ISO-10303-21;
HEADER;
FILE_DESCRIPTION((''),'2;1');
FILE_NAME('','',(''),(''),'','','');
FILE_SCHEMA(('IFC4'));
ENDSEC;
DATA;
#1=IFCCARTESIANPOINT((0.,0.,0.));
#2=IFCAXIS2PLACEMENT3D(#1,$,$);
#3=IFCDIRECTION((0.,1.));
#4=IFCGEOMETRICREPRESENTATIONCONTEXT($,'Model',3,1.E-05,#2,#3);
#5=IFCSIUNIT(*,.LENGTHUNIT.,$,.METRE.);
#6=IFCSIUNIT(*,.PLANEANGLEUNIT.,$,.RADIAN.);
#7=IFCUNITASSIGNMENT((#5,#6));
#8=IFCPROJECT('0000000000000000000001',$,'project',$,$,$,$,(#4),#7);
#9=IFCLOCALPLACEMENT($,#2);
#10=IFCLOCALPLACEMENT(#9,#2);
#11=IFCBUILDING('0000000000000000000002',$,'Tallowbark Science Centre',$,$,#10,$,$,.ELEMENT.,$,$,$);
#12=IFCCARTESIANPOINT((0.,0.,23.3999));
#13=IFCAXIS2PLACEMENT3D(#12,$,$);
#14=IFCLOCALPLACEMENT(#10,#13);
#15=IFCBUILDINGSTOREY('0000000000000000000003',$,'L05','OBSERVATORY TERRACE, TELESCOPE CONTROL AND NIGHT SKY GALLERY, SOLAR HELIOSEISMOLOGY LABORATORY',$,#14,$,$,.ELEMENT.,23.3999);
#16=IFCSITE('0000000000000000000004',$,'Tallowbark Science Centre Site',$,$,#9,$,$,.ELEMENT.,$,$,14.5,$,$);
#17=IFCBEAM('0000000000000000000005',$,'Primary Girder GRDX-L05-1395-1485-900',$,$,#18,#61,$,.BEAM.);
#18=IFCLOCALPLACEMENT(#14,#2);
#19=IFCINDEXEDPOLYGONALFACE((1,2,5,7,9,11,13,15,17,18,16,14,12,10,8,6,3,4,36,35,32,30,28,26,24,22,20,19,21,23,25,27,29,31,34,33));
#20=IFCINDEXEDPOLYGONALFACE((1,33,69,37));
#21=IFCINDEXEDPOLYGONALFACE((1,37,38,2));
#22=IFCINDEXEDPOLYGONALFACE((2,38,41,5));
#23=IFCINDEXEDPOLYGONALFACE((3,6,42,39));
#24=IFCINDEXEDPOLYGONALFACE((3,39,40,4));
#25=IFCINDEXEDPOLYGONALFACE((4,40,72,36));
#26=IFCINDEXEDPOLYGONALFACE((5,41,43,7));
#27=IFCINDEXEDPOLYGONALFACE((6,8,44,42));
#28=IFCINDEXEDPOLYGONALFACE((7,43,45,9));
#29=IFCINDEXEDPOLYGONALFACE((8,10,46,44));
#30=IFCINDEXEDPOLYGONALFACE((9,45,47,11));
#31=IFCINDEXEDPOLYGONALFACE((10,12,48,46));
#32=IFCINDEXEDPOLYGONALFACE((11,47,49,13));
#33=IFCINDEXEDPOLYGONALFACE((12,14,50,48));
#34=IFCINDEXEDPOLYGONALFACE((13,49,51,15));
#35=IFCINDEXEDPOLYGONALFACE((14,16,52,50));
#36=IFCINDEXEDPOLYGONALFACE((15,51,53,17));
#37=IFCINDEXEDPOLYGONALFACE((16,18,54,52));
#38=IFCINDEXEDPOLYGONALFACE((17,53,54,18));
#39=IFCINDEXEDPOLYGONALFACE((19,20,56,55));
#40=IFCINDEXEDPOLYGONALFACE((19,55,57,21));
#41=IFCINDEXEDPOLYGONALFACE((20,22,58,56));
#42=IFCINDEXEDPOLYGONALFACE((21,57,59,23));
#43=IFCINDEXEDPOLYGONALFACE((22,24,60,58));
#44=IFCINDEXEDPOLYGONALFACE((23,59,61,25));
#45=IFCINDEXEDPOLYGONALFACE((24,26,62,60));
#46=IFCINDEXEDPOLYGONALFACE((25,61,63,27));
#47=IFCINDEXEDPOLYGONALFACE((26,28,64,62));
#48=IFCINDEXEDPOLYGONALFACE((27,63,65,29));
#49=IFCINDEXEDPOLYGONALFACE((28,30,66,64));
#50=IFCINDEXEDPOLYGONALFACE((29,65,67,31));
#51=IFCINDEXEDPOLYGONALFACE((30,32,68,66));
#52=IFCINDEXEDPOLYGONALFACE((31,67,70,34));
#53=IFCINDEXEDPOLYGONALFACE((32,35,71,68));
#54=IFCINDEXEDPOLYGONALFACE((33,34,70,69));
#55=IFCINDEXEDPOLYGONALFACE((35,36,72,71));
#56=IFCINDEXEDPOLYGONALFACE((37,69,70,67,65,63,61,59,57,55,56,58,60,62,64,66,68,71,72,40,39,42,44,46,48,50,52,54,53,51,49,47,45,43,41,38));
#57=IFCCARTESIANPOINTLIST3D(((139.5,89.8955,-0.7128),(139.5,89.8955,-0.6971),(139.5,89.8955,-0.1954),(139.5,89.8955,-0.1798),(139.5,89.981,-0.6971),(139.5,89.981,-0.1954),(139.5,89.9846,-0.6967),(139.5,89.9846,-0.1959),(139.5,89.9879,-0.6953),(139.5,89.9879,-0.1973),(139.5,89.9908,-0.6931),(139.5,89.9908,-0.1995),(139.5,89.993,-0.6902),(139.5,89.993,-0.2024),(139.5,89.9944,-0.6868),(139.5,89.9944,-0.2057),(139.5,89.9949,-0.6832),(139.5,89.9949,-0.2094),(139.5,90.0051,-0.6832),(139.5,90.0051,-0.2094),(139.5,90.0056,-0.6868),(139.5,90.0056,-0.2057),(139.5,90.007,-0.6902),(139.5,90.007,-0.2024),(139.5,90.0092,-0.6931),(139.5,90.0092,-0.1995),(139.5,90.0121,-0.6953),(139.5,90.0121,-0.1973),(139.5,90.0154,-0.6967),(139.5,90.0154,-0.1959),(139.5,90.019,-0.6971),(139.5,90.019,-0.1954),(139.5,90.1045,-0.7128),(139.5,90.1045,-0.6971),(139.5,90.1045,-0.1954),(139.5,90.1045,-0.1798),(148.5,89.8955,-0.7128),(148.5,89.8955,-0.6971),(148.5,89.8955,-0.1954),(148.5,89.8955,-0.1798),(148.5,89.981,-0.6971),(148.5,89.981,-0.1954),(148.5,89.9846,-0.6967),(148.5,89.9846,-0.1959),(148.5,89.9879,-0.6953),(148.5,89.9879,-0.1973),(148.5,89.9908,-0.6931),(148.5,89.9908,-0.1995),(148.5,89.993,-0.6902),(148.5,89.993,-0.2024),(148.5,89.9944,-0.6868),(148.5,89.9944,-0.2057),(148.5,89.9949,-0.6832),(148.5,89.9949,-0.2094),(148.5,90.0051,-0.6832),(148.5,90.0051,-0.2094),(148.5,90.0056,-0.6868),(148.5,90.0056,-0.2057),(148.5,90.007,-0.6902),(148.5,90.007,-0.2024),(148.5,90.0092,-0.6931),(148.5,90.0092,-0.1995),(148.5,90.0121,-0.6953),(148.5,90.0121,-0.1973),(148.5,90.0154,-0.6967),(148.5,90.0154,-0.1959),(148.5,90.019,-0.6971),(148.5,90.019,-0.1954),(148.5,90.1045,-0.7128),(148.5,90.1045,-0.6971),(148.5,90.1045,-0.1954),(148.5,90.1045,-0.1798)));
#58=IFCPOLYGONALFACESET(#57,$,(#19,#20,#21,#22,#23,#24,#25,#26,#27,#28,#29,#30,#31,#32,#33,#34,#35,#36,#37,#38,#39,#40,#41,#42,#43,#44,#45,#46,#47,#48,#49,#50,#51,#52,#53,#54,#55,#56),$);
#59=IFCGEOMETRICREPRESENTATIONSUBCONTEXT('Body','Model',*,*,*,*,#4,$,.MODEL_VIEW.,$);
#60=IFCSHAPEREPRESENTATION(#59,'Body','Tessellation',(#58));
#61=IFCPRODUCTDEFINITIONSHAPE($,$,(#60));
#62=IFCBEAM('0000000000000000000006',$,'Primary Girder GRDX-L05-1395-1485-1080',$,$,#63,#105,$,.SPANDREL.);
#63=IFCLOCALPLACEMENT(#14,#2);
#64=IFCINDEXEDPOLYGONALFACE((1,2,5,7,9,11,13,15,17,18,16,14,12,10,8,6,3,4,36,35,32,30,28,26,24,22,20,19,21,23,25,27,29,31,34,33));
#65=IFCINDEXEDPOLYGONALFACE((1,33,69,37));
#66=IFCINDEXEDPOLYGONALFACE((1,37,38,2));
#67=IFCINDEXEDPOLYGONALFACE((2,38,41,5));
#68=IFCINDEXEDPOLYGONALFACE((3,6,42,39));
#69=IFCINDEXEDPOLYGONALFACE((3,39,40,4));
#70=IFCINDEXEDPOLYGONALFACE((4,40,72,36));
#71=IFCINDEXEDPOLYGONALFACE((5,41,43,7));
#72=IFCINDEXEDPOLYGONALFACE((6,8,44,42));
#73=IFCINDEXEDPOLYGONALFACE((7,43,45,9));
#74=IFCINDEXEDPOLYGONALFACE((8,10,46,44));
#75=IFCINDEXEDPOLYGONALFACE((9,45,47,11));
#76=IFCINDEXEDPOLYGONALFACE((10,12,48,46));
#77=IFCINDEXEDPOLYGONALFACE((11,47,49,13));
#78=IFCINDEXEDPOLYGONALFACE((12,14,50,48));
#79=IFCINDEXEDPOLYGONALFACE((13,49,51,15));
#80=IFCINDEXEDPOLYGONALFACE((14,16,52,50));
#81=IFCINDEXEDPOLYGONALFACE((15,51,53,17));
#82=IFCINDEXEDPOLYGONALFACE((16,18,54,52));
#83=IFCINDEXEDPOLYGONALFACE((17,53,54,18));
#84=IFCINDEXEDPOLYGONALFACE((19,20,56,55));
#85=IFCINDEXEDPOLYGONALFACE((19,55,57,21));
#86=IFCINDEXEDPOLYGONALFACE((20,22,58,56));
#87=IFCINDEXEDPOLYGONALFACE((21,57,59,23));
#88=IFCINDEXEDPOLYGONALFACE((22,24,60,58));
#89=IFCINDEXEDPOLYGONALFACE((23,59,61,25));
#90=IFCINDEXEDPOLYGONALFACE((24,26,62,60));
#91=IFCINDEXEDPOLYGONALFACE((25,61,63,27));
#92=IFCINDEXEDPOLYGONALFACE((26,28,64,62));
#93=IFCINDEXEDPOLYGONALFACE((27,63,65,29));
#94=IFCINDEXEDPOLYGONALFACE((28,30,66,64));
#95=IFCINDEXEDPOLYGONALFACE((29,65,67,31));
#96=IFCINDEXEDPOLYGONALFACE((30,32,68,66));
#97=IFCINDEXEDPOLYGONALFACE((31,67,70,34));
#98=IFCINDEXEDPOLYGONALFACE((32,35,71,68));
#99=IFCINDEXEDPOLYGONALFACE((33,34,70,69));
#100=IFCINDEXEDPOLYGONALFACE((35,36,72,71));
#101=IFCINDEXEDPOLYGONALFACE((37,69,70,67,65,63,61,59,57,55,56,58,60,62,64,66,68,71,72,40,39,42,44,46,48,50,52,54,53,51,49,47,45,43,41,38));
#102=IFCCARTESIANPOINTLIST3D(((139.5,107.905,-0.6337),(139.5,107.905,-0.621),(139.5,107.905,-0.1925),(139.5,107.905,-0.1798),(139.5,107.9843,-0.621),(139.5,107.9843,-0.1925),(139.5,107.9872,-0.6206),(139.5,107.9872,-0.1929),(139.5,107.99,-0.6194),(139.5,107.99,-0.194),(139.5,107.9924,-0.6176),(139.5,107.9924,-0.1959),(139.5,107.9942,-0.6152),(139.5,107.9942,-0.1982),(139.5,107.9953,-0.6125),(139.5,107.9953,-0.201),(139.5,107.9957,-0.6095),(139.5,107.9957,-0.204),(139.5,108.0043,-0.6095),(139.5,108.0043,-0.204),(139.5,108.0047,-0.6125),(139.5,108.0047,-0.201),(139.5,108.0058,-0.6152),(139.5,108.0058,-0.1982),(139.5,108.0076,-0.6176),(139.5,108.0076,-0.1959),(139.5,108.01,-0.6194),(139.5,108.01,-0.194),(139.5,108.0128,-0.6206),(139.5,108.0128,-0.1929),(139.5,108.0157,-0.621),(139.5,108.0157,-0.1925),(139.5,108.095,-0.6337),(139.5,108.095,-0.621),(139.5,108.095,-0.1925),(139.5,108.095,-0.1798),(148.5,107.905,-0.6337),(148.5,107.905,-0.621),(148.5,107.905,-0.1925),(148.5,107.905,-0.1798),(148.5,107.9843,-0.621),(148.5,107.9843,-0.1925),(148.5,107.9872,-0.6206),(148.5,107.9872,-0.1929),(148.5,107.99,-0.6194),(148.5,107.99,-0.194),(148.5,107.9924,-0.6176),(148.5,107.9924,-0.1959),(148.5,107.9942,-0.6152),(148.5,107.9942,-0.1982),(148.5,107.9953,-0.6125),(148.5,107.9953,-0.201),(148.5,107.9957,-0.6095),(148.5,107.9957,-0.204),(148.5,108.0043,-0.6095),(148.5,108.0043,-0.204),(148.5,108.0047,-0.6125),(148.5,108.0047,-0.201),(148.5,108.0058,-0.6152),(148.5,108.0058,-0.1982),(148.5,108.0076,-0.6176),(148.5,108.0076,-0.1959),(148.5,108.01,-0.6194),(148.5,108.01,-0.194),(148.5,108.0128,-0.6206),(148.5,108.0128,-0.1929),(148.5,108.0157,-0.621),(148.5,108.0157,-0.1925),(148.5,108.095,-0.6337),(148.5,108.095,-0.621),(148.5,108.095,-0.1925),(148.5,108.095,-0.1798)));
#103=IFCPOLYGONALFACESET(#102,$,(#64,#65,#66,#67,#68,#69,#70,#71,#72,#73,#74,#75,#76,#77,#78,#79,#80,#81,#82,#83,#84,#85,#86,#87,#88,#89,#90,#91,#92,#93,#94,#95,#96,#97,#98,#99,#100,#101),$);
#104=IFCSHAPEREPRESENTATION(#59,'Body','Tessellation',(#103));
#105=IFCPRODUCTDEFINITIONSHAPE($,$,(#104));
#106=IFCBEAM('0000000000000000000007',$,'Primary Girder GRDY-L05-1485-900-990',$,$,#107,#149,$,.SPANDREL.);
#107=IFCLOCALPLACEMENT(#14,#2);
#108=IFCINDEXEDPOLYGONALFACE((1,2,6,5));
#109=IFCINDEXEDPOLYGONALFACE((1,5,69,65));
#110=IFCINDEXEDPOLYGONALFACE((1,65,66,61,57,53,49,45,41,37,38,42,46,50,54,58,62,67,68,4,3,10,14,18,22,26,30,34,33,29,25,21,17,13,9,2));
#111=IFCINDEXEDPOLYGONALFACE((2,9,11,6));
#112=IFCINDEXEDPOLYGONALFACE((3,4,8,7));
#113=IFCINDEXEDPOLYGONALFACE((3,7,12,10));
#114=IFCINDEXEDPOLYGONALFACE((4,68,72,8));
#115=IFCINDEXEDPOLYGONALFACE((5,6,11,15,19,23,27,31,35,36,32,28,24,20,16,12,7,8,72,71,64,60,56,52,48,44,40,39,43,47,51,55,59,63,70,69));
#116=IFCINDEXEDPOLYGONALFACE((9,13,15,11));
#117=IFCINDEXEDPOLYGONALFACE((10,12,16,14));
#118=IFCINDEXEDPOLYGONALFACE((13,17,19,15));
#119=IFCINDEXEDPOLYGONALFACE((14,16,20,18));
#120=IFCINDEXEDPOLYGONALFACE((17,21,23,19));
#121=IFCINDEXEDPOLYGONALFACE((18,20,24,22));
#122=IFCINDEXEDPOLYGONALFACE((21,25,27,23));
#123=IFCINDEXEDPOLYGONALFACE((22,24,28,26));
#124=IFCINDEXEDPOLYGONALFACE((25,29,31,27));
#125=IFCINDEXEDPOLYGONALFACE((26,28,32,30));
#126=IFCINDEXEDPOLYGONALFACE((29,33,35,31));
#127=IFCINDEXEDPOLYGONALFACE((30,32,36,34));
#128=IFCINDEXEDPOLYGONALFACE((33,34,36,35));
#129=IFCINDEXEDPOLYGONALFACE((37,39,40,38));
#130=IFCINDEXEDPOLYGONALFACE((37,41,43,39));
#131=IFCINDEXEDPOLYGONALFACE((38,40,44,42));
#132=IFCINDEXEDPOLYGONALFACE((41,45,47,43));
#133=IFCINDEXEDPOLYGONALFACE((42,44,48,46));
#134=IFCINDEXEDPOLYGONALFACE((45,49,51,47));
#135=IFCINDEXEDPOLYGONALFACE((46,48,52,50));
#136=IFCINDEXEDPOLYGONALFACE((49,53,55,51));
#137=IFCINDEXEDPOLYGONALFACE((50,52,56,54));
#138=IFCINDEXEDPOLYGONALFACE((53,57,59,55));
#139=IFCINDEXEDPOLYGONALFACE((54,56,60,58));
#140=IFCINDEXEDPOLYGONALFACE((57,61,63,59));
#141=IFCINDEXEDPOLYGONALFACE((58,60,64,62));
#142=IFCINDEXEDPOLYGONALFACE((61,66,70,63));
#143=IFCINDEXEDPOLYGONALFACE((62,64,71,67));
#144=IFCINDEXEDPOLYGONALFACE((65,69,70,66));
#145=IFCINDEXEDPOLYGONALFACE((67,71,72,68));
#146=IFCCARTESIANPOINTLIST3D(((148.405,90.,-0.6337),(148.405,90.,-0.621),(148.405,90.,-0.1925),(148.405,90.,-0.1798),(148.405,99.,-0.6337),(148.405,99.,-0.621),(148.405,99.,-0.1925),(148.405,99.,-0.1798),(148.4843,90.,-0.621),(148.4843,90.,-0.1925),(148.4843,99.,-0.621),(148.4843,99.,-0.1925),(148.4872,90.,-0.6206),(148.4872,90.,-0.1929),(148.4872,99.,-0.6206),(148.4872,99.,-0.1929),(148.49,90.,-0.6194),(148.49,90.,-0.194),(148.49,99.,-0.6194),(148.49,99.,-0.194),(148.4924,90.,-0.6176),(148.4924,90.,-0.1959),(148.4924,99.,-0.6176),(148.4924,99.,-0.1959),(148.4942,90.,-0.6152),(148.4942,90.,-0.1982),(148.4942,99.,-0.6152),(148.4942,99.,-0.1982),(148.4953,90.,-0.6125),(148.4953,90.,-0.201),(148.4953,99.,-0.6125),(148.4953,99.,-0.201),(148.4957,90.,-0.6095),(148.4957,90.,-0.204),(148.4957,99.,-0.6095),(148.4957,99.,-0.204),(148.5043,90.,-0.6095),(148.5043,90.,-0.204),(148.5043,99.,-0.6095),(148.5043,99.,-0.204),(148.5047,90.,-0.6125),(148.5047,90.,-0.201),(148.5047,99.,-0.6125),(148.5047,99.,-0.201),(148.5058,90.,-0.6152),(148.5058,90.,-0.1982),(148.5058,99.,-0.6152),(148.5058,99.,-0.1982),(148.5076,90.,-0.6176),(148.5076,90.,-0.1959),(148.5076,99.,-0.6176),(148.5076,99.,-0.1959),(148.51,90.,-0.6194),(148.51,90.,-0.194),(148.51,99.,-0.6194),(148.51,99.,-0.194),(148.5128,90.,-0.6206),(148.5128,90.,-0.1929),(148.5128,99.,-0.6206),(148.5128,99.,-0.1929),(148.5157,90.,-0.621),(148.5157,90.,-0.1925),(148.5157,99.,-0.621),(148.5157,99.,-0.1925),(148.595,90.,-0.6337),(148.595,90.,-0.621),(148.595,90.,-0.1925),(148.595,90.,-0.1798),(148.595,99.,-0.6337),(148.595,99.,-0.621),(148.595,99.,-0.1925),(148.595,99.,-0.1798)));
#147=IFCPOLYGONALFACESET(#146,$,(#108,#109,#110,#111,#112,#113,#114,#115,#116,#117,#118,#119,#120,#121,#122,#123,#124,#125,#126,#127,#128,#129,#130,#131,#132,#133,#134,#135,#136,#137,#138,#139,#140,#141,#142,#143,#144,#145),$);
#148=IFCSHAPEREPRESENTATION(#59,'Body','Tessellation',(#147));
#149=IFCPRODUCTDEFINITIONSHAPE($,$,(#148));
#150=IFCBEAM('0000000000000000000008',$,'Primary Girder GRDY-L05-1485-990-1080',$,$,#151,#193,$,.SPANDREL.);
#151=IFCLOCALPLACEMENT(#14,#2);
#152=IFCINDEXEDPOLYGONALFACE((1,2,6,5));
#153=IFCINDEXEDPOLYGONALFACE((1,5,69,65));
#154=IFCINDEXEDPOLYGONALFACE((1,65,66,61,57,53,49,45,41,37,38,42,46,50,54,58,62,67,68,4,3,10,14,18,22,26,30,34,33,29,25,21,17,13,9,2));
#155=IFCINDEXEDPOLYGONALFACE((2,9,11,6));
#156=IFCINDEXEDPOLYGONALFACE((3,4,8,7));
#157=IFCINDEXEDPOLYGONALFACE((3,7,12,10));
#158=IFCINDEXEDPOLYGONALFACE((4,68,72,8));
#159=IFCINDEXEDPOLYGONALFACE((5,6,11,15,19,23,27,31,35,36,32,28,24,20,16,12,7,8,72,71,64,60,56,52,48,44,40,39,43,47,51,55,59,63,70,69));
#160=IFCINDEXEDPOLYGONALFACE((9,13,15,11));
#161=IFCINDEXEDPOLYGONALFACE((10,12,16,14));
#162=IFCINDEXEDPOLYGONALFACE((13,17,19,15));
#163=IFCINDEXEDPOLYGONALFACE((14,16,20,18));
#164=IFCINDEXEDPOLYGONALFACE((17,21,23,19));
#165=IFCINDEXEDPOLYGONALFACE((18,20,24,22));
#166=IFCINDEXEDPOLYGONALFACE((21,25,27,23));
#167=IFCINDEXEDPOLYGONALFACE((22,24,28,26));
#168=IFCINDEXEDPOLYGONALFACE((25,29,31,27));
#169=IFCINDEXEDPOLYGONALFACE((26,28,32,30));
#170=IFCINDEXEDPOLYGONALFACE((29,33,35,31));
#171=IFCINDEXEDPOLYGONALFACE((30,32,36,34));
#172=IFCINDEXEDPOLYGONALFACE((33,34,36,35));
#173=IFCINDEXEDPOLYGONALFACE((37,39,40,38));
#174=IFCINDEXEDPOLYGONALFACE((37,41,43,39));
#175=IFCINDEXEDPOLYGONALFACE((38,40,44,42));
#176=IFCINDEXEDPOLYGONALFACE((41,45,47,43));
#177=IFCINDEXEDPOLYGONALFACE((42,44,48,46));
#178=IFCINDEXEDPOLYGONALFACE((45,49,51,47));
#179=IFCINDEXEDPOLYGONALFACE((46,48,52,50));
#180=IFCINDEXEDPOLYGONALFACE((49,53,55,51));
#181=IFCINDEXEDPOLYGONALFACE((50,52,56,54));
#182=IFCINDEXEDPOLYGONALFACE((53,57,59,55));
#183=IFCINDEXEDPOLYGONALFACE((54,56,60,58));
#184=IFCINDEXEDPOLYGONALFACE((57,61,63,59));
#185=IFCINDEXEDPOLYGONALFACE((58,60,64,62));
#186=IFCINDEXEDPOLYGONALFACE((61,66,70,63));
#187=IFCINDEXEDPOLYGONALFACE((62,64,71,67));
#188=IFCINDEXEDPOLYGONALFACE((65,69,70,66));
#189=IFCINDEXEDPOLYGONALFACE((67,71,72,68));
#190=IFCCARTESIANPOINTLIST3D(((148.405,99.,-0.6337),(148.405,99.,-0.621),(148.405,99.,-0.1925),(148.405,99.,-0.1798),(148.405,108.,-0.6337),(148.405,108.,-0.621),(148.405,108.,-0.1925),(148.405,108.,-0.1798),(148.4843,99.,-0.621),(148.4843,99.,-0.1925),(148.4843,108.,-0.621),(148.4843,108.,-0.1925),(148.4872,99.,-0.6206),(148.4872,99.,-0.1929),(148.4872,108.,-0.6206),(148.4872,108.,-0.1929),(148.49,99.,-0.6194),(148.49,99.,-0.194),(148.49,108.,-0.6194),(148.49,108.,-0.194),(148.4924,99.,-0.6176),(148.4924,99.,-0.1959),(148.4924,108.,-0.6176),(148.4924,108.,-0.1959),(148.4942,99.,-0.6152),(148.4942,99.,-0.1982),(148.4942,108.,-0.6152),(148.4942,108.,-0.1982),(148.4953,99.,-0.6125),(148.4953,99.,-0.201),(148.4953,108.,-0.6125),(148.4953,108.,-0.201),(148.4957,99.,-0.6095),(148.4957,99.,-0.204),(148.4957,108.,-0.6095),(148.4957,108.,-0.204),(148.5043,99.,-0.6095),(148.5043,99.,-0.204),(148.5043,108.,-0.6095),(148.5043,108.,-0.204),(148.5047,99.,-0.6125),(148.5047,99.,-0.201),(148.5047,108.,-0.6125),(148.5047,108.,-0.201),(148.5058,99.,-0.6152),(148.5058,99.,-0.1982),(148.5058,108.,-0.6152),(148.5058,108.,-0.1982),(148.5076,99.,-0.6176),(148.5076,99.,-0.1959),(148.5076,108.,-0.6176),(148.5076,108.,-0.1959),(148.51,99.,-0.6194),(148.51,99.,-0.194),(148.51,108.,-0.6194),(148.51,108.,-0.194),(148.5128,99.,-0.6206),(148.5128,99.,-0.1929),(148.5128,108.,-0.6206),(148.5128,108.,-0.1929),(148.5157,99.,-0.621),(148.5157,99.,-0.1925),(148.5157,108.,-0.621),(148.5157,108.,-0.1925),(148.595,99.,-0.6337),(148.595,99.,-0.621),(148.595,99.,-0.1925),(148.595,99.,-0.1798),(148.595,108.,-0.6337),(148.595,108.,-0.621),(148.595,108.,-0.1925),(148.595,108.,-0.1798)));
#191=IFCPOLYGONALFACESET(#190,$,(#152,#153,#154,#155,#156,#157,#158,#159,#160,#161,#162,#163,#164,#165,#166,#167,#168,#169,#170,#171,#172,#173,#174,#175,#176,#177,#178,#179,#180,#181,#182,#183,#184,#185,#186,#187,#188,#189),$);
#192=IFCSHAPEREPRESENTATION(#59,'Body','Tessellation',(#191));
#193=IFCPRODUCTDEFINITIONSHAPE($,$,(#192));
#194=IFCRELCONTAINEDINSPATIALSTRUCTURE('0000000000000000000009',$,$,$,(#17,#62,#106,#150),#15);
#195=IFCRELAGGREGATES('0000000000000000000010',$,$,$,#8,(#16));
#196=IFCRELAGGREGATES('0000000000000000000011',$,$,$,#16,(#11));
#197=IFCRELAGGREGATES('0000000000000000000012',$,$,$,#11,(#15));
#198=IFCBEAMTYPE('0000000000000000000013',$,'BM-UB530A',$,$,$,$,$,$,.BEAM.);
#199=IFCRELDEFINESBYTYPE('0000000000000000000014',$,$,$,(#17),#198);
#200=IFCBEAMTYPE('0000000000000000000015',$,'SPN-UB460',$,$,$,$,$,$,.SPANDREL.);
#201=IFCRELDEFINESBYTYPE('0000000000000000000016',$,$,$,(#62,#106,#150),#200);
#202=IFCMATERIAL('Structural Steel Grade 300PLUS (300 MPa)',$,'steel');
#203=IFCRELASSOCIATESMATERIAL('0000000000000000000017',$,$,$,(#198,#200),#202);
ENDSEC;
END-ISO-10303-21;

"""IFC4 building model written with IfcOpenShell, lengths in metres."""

from ifc_helpers import new_model, si_unit, direction, frame, origin, origin_2d, place, context, subcontext, project, spatial, i_section, extrude, material, material_profile, profile_set, type_object, element, save


model = new_model("IFC4")

# Units and contexts
model_context = context("Model", 3, precision=1e-05, world=origin(), true_north=direction((0.0, 1.0)))
body_context = subcontext(model_context, "Body", "Model", "MODEL_VIEW")
ifc_project = project(units=[si_unit("LENGTHUNIT", "METRE"), si_unit("PLANEANGLEUNIT", "RADIAN")], contexts=[model_context])

# Site, building, storey
site_placement = place(None, origin())
site = spatial("IfcSite", under=ifc_project, at=site_placement, Name="Tallowbark Science Centre Site", CompositionType="ELEMENT", RefElevation=14.5)
building_placement = place(site_placement, origin())
building = spatial("IfcBuilding", under=site, at=building_placement, Name="Tallowbark Science Centre", CompositionType="ELEMENT")
storey_placement = place(building_placement, frame((0.0, 0.0, 23.3999)))
storey = spatial("IfcBuildingStorey", under=building, at=storey_placement, Name="L05", Description="OBSERVATORY TERRACE, TELESCOPE CONTROL AND NIGHT SKY GALLERY, SOLAR HELIOSEISMOLOGY LABORATORY", CompositionType="ELEMENT", Elevation=23.3999)

# Shared definitions
ifc_material_1 = material(Name="Structural Steel Grade 300PLUS (300 MPa)", Category="steel")

# Beams
ifc_material_profile_1 = material_profile(ifc_material_1, i_section(OverallWidth=0.209, OverallDepth=0.533, WebThickness=0.0103, FlangeThickness=0.0156, FilletRadius=0.0139, at=origin_2d()), Name="530UB92.4")
ifc_profile_set_1 = profile_set([ifc_material_profile_1], Name="Structural Steel Grade 300PLUS (300 MPa)")
beam_type_1 = type_object("IfcBeamType", Name="BM-UB530A", PredefinedType="BEAM", material=ifc_profile_set_1)
beam_placement = place(storey_placement, frame((139.5, 90.0, -0.4463), z_axis=(1.0, 0.0, 0.0), x_axis=(0.0, 1.0, 0.0)))
element("IfcBeam", 1, at=beam_placement, inside=storey, type_object=beam_type_1, Name="Primary Girder GRDX-L05-1395-1485-900", PredefinedType="BEAM", context=body_context, shape_type="SweptSolid", body=[
    extrude(i_section(OverallWidth=0.209, OverallDepth=0.533, WebThickness=0.0103, FlangeThickness=0.0156, FilletRadius=0.0139, at=origin_2d()), origin(), (0.0, 0.0, 1.0), 9.0),
])
ifc_material_profile_2 = material_profile(ifc_material_1, i_section(OverallWidth=0.1899, OverallDepth=0.4539, WebThickness=0.0085, FlangeThickness=0.0127, FilletRadius=0.0115, at=origin_2d()), Name="460UB67.1")
ifc_profile_set_2 = profile_set([ifc_material_profile_2], Name="Structural Steel Grade 300PLUS (300 MPa)")
beam_type_2 = type_object("IfcBeamType", Name="SPN-UB460", PredefinedType="SPANDREL", material=ifc_profile_set_2)
for number, where, z_axis, x_axis, name in (
    (2, (139.5, 108.0, -0.4067), (1.0, 0.0, 0.0), (0.0, 1.0, 0.0), "Primary Girder GRDX-L05-1395-1485-1080"),
    (3, (148.5, 90.0, -0.4067), (0.0, 1.0, 0.0), (-1.0, 0.0, 0.0), "Primary Girder GRDY-L05-1485-900-990"),
    (4, (148.5, 99.0, -0.4067), (0.0, 1.0, 0.0), (-1.0, 0.0, 0.0), "Primary Girder GRDY-L05-1485-990-1080"),
):
    element("IfcBeam", number, at=place(storey_placement, frame(where, z_axis=z_axis, x_axis=x_axis)), inside=storey, type_object=beam_type_2, Name=name, PredefinedType="SPANDREL", context=body_context, shape_type="SweptSolid", body=[
        extrude(i_section(OverallWidth=0.1899, OverallDepth=0.4539, WebThickness=0.0085, FlangeThickness=0.0127, FilletRadius=0.0115, at=origin_2d()), origin(), (0.0, 0.0, 1.0), 9.0),
    ])

save(model, "model.ifc")
